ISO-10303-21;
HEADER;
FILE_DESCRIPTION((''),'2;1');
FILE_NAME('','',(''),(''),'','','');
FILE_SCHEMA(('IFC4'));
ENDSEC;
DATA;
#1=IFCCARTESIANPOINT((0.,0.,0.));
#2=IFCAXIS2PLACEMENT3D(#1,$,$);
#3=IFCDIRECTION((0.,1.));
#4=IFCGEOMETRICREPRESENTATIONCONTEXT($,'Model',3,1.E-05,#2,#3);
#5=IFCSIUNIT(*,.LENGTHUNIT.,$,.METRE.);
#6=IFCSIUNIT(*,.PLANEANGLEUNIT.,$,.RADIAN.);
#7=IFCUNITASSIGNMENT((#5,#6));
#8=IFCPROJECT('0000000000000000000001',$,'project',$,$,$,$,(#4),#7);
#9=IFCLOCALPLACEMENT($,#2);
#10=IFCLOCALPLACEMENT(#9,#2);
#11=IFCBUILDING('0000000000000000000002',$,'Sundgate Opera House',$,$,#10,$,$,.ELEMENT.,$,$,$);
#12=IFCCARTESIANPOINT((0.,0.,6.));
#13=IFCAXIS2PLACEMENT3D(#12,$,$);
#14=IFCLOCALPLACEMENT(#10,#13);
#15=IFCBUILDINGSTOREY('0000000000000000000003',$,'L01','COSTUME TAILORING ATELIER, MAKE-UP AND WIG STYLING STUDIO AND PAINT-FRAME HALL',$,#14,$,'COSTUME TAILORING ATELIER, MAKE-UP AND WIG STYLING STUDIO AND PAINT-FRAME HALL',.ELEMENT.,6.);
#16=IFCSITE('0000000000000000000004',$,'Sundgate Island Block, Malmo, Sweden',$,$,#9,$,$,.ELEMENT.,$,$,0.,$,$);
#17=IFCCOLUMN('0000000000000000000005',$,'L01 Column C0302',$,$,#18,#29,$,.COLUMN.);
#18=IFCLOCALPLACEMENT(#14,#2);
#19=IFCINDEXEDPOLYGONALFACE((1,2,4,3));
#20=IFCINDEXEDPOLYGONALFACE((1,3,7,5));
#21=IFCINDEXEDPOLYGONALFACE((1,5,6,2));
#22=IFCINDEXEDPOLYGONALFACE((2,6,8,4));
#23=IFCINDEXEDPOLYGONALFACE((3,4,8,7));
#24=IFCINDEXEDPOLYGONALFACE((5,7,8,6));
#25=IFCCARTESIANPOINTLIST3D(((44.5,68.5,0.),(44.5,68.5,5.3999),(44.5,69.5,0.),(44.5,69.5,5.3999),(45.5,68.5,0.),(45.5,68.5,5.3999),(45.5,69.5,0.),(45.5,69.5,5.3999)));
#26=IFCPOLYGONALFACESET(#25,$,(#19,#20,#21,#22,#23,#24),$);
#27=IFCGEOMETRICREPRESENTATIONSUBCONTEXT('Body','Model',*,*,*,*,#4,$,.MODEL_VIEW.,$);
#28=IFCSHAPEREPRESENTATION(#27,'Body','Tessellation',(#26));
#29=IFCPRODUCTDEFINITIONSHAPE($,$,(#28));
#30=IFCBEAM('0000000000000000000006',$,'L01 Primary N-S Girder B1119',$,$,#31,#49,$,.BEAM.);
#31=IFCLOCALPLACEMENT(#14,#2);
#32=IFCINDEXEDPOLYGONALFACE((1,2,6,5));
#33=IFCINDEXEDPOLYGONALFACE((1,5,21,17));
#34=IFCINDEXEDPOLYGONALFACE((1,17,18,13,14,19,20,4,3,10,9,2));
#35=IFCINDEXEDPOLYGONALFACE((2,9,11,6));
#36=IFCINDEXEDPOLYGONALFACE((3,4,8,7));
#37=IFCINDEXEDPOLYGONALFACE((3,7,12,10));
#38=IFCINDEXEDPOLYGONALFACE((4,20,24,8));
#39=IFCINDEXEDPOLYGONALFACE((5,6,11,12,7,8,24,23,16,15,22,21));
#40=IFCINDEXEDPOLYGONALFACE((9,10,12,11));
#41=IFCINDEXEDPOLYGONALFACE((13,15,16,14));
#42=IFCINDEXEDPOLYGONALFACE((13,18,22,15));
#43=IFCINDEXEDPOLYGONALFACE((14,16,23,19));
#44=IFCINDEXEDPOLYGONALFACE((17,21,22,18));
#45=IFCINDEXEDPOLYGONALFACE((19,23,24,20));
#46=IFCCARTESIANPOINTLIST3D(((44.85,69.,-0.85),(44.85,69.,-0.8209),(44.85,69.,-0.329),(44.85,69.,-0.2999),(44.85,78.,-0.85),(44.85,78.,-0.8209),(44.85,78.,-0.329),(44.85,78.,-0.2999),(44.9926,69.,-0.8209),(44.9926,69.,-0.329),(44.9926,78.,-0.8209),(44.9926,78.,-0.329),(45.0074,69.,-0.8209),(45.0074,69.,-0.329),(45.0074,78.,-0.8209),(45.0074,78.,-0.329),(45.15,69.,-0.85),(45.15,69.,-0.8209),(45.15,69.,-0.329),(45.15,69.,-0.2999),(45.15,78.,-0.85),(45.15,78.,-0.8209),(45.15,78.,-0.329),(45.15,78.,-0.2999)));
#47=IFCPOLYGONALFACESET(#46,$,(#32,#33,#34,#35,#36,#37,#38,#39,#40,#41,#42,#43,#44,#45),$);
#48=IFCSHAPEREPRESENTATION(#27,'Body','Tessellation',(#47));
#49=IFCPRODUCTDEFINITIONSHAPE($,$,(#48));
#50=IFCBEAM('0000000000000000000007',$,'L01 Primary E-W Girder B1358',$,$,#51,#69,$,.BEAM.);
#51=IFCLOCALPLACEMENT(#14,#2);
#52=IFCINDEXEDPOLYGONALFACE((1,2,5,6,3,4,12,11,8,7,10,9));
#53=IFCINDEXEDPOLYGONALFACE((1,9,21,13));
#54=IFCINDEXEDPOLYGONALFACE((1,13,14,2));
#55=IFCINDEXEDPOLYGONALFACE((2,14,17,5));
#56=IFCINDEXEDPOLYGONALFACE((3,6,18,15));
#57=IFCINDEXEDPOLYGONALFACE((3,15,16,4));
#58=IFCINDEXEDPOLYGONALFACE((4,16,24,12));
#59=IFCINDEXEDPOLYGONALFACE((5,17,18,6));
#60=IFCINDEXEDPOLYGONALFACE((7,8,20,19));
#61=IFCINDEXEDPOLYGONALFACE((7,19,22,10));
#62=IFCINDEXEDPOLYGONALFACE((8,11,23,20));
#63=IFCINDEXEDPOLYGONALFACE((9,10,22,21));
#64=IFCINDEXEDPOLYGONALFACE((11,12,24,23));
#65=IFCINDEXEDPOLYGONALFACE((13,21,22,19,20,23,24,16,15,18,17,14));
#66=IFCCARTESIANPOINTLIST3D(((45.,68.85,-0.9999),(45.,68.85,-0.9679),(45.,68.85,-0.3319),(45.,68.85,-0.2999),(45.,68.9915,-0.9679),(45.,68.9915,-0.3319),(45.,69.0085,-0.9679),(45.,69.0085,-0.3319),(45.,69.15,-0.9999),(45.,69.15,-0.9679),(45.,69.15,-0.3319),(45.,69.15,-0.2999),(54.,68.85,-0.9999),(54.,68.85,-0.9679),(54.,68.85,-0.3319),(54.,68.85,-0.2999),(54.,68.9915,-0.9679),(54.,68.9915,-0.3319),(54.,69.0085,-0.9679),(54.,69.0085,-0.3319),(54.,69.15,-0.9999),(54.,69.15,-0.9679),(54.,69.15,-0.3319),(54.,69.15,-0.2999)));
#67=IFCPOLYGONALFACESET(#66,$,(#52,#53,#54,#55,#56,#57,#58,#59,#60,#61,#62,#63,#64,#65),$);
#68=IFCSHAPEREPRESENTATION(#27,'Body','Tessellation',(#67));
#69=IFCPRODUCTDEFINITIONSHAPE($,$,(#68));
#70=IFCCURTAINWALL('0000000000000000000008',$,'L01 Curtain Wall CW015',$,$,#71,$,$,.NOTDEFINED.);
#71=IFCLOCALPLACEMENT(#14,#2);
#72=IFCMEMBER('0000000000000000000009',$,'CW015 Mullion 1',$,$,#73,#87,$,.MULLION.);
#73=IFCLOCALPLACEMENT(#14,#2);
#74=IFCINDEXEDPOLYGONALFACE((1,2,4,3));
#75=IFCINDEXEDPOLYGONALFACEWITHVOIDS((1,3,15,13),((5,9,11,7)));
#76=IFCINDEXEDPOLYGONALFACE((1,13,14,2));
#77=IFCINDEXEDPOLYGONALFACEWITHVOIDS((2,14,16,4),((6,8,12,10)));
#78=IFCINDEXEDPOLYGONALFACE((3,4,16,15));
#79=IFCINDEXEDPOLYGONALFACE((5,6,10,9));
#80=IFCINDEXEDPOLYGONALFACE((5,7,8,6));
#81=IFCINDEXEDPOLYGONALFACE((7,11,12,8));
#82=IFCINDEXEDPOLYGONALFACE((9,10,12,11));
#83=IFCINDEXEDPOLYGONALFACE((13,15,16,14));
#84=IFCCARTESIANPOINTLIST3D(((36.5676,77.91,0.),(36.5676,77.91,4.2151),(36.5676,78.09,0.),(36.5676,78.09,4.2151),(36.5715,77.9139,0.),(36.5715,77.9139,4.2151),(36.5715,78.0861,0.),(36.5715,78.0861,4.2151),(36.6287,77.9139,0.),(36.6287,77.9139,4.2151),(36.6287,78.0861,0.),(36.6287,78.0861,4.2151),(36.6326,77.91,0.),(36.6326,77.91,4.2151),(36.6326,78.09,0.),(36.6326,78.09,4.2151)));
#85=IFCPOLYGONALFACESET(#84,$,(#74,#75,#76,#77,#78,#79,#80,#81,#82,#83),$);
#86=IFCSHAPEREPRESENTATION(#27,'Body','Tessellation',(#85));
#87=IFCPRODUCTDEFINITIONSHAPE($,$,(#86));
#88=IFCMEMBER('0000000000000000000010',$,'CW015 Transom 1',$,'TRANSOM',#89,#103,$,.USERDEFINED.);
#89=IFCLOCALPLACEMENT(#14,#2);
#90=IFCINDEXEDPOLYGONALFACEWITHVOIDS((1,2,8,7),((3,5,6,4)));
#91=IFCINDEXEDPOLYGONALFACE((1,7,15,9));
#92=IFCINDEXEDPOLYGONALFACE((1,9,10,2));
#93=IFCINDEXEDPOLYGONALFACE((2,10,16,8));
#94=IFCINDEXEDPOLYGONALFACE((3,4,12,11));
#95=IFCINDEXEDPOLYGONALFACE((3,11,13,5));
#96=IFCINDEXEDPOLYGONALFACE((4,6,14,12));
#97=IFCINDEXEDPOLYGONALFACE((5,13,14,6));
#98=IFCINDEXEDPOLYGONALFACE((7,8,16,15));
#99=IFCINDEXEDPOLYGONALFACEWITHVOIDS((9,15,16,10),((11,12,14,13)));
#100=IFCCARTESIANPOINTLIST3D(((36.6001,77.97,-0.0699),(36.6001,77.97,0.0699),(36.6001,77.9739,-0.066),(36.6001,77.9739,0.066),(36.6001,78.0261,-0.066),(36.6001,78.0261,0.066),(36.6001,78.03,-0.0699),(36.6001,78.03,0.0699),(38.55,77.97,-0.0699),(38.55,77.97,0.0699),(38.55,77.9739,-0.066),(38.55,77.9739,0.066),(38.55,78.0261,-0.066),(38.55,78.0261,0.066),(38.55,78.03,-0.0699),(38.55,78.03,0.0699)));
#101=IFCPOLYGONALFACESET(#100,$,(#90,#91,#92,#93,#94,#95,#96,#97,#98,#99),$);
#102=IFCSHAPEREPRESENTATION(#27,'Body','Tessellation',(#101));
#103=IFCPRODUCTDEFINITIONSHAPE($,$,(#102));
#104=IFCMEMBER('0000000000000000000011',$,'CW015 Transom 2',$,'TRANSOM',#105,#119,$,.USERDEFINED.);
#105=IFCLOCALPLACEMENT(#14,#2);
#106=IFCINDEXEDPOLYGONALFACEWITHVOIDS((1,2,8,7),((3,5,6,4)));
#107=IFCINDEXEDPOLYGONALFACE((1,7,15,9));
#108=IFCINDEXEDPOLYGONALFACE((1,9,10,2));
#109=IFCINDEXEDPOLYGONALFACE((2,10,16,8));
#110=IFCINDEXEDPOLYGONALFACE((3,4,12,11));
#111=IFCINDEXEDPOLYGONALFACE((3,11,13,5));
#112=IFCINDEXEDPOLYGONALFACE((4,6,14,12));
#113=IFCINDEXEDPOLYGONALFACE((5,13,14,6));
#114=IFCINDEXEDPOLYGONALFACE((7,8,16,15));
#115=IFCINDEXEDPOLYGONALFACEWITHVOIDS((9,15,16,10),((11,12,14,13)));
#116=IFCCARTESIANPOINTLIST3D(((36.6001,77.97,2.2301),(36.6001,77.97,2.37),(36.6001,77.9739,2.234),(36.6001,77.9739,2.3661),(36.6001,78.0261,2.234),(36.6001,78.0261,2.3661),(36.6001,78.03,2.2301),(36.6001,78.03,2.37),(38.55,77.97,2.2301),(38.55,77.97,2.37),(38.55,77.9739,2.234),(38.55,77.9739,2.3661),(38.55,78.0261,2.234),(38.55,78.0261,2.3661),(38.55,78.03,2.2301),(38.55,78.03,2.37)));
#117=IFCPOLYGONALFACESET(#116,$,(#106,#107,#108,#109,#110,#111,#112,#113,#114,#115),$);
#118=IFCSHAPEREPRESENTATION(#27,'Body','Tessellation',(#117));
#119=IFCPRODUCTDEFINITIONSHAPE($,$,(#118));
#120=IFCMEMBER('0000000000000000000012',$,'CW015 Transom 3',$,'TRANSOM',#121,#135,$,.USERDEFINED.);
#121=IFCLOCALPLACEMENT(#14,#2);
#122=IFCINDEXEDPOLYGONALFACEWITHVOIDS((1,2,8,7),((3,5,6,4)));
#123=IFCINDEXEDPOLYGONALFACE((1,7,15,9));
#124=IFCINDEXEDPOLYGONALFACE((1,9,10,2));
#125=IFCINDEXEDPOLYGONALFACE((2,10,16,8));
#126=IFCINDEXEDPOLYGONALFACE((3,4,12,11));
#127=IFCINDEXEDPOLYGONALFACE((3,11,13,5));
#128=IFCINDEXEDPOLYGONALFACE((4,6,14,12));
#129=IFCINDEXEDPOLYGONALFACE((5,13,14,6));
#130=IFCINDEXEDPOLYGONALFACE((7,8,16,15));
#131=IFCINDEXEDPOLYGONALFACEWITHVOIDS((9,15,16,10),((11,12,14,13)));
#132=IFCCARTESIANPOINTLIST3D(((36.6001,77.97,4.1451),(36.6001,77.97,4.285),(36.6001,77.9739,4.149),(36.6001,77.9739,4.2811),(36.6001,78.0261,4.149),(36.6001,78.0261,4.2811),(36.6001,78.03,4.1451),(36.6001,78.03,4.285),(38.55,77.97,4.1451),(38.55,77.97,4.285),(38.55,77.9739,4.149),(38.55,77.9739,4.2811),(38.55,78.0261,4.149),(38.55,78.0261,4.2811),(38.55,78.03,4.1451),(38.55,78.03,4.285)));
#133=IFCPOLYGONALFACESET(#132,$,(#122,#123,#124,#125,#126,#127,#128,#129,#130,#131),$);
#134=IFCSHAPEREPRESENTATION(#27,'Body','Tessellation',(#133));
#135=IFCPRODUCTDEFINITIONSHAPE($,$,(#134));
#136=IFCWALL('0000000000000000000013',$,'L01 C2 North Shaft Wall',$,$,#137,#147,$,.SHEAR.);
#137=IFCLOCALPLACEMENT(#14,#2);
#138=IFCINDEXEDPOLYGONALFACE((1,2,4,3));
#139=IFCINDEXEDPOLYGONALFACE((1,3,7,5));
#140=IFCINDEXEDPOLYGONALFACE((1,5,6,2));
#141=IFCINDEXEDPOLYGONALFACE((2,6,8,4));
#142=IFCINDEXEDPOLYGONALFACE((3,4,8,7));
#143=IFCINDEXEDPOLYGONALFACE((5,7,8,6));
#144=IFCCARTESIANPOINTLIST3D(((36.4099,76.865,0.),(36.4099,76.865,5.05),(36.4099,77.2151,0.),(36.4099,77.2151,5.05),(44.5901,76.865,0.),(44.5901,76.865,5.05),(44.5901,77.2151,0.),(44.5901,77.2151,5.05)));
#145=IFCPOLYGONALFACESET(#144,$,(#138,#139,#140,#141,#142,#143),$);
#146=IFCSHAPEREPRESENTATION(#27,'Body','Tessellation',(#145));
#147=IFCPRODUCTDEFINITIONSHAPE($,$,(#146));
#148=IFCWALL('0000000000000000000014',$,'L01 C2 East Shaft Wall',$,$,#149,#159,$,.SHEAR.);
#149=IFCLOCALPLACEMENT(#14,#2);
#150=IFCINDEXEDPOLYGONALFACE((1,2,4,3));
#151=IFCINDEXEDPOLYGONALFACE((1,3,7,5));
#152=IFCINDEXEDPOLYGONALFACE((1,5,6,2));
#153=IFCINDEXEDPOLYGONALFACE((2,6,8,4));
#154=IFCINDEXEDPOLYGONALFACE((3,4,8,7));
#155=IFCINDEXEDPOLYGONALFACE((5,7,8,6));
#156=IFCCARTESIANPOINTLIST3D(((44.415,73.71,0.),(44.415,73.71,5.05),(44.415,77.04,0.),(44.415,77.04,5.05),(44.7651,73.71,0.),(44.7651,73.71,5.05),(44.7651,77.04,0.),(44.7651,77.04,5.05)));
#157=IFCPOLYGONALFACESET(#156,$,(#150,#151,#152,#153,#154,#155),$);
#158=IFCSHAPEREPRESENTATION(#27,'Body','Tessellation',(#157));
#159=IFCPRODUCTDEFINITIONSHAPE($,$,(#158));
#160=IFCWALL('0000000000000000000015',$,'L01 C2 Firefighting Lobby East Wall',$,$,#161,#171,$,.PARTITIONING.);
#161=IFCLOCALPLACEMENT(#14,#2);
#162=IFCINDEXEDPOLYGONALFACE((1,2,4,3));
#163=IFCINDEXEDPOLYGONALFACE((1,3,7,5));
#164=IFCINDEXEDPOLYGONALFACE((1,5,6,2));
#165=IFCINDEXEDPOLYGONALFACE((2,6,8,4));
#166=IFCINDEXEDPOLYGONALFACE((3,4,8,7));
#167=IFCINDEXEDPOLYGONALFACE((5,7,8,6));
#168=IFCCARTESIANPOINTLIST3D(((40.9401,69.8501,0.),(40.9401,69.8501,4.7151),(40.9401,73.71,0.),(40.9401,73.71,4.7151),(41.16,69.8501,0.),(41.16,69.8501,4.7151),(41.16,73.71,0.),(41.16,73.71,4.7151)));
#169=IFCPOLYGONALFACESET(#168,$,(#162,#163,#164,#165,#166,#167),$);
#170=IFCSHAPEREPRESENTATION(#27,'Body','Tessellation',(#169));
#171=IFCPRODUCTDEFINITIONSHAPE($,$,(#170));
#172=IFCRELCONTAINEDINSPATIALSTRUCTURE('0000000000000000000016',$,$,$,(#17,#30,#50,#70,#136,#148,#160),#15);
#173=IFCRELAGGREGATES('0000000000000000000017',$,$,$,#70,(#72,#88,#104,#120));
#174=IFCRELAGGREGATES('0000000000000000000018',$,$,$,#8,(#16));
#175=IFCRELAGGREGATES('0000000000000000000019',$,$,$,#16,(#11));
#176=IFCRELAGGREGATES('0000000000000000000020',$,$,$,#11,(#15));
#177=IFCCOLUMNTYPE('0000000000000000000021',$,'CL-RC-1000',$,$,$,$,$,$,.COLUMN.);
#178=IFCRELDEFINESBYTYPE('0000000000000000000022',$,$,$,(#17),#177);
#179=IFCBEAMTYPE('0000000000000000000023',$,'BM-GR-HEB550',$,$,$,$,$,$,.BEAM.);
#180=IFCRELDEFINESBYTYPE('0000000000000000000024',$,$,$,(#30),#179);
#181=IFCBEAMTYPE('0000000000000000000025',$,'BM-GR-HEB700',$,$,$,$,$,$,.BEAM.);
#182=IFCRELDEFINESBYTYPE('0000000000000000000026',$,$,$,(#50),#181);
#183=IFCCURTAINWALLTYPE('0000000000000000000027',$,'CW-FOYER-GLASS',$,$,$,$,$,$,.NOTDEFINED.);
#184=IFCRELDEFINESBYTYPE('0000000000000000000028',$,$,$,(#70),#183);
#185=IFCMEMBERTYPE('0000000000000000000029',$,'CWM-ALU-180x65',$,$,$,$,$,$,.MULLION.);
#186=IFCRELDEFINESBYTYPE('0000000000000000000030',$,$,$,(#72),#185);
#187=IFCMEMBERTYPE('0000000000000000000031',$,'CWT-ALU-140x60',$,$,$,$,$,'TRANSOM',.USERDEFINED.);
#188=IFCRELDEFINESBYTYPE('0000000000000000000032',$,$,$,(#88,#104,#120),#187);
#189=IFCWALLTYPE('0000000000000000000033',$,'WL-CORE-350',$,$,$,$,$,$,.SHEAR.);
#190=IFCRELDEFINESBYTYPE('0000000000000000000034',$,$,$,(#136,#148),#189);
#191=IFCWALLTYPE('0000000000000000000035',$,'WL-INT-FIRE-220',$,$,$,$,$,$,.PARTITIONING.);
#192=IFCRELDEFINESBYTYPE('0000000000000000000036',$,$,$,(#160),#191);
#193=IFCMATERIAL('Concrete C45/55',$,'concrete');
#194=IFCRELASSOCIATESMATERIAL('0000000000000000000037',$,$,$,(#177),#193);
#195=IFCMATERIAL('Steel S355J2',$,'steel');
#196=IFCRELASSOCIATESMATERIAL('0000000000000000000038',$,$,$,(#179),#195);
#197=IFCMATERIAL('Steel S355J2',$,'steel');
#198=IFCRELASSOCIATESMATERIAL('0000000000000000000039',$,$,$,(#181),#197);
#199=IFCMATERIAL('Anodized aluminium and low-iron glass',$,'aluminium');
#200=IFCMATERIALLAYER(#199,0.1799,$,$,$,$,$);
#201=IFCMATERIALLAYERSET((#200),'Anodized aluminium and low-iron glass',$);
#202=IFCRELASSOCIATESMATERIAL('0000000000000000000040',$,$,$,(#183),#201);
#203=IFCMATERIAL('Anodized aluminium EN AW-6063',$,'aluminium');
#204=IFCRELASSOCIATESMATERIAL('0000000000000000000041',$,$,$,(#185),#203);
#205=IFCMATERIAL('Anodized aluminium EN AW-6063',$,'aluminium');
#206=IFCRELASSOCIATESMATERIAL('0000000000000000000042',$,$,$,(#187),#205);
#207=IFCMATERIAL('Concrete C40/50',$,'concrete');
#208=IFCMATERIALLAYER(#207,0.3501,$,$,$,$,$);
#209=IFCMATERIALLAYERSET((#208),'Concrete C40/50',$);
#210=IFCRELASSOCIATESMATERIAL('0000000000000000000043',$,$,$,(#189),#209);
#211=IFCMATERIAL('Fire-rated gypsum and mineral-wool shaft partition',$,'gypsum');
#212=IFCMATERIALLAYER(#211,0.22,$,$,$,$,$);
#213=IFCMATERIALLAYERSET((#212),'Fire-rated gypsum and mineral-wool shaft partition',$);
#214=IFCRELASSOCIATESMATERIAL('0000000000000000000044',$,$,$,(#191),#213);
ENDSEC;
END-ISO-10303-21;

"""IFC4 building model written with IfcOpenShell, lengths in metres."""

from ifc_helpers import new_model, si_unit, direction, frame, frame_2d, origin, origin_2d, place, context, subcontext, project, spatial, rectangle, hollow_rectangle, i_section, extrude, material, layer, layer_set, material_profile, profile_set, type_object, element, aggregate, save


model = new_model("IFC4")

# Units and contexts
model_context = context("Model", 3, precision=1e-05, world=origin(), true_north=direction((0.0, 1.0)))
body_context = subcontext(model_context, "Body", "Model", "MODEL_VIEW")
ifc_project = project(units=[si_unit("LENGTHUNIT", "METRE"), si_unit("PLANEANGLEUNIT", "RADIAN")], contexts=[model_context])

# Site, building, storey
site_placement = place(None, origin())
site = spatial("IfcSite", under=ifc_project, at=site_placement, Name="Sundgate Island Block, Malmo, Sweden", CompositionType="ELEMENT", RefElevation=0.0)
building_placement = place(site_placement, origin())
building = spatial("IfcBuilding", under=site, at=building_placement, Name="Sundgate Opera House", CompositionType="ELEMENT")
storey_placement = place(building_placement, frame((0.0, 0.0, 6.0)))
storey = spatial("IfcBuildingStorey", under=building, at=storey_placement, Name="L01", Description="COSTUME TAILORING ATELIER, MAKE-UP AND WIG STYLING STUDIO AND PAINT-FRAME HALL", LongName="COSTUME TAILORING ATELIER, MAKE-UP AND WIG STYLING STUDIO AND PAINT-FRAME HALL", CompositionType="ELEMENT", Elevation=6.0)

# Column
ifc_material_1 = material(Name="Concrete C45/55", Category="concrete")
ifc_material_profile_1 = material_profile(ifc_material_1, rectangle(XDim=1.0, YDim=1.0, at=origin_2d()), Name="RC 1000x1000")
ifc_profile_set_1 = profile_set([ifc_material_profile_1], Name="Concrete C45/55")
column_type = type_object("IfcColumnType", Name="CL-RC-1000", PredefinedType="COLUMN", material=ifc_profile_set_1)
column_placement = place(storey_placement, frame((45.0, 69.0, 0.0), z_axis=(0.0, 0.0, 1.0), x_axis=(1.0, 0.0, 0.0)))
element("IfcColumn", 1, at=column_placement, inside=storey, type_object=column_type, Name="L01 Column C0302", PredefinedType="COLUMN", context=body_context, shape_type="SweptSolid", body=[
    extrude(rectangle(XDim=1.0, YDim=1.0, at=origin_2d()), origin(), (0.0, 0.0, 1.0), 5.3999),
])

# Beams
ifc_material_2 = material(Name="Steel S355J2", Category="steel")
ifc_material_profile_2 = material_profile(ifc_material_2, i_section(OverallWidth=0.3, OverallDepth=0.55, WebThickness=0.0149, FlangeThickness=0.0291, at=origin_2d()), Name="HEB 550")
ifc_profile_set_2 = profile_set([ifc_material_profile_2], Name="Steel S355J2")
beam_type_1 = type_object("IfcBeamType", Name="BM-GR-HEB550", PredefinedType="BEAM", material=ifc_profile_set_2)
beam_1_placement = place(storey_placement, frame((45.0, 69.0, -0.575), z_axis=(0.0, 1.0, 0.0), x_axis=(-1.0, 0.0, 0.0)))
element("IfcBeam", 2, at=beam_1_placement, inside=storey, type_object=beam_type_1, Name="L01 Primary N-S Girder B1119", PredefinedType="BEAM", context=body_context, shape_type="SweptSolid", body=[
    extrude(i_section(OverallWidth=0.3, OverallDepth=0.55, WebThickness=0.0149, FlangeThickness=0.0291, at=origin_2d()), origin(), (0.0, 0.0, 1.0), 9.0),
])
ifc_material_3 = material(Name="Steel S355J2", Category="steel")
ifc_material_profile_3 = material_profile(ifc_material_3, i_section(OverallWidth=0.3, OverallDepth=0.7, WebThickness=0.0171, FlangeThickness=0.032, at=origin_2d()), Name="HEB 700")
ifc_profile_set_3 = profile_set([ifc_material_profile_3], Name="Steel S355J2")
beam_type_2 = type_object("IfcBeamType", Name="BM-GR-HEB700", PredefinedType="BEAM", material=ifc_profile_set_3)
beam_2_placement = place(storey_placement, frame((45.0, 69.0, -0.6499), z_axis=(1.0, 0.0, 0.0), x_axis=(0.0, 1.0, 0.0)))
element("IfcBeam", 3, at=beam_2_placement, inside=storey, type_object=beam_type_2, Name="L01 Primary E-W Girder B1358", PredefinedType="BEAM", context=body_context, shape_type="SweptSolid", body=[
    extrude(i_section(OverallWidth=0.3, OverallDepth=0.7, WebThickness=0.0171, FlangeThickness=0.032, at=origin_2d()), origin(), (0.0, 0.0, 1.0), 9.0),
])

# Curtain wall, members
ifc_material_4 = material(Name="Anodized aluminium and low-iron glass", Category="aluminium")
ifc_layer_1 = layer(ifc_material_4, 0.1799)
ifc_layer_set_1 = layer_set([ifc_layer_1], Name="Anodized aluminium and low-iron glass")
curtain_wall_type = type_object("IfcCurtainWallType", Name="CW-FOYER-GLASS", PredefinedType="NOTDEFINED", material=ifc_layer_set_1)
curtain_wall_placement = place(storey_placement, origin())
curtain_wall = element("IfcCurtainWall", 4, at=curtain_wall_placement, inside=storey, type_object=curtain_wall_type, Name="L01 Curtain Wall CW015", PredefinedType="NOTDEFINED")
ifc_material_5 = material(Name="Anodized aluminium EN AW-6063", Category="aluminium")
ifc_material_profile_4 = material_profile(ifc_material_5, hollow_rectangle(XDim=0.0649, YDim=0.1799, WallThickness=0.0039, at=origin_2d()), Name="CWM 180x65x4")
ifc_profile_set_4 = profile_set([ifc_material_profile_4], Name="Anodized aluminium EN AW-6063")
member_type_1 = type_object("IfcMemberType", Name="CWM-ALU-180x65", PredefinedType="MULLION", material=ifc_profile_set_4)
member_1_placement = place(storey_placement, frame((36.6001, 78.0, 0.0), z_axis=(0.0, 0.0, 1.0), x_axis=(1.0, 0.0, 0.0)))
member_1 = element("IfcMember", 5, at=member_1_placement, type_object=member_type_1, Name="CW015 Mullion 1", PredefinedType="MULLION", context=body_context, shape_type="SweptSolid", body=[
    extrude(hollow_rectangle(XDim=0.0649, YDim=0.1799, WallThickness=0.0039, at=origin_2d()), origin(), (0.0, 0.0, 1.0), 4.2151),
])
ifc_material_6 = material(Name="Anodized aluminium EN AW-6063", Category="aluminium")
ifc_material_profile_5 = material_profile(ifc_material_6, hollow_rectangle(XDim=0.0601, YDim=0.1399, WallThickness=0.0039, at=origin_2d()), Name="CWT 140x60x4")
ifc_profile_set_5 = profile_set([ifc_material_profile_5], Name="Anodized aluminium EN AW-6063")
member_type_2 = type_object("IfcMemberType", Name="CWT-ALU-140x60", ElementType="TRANSOM", PredefinedType="USERDEFINED", material=ifc_profile_set_5)
member_2_placement = place(storey_placement, frame((36.6001, 78.0, 0.0), z_axis=(1.0, 0.0, 0.0), x_axis=(0.0, 1.0, 0.0)))
member_2 = element("IfcMember", 6, at=member_2_placement, type_object=member_type_2, Name="CW015 Transom 1", ObjectType="TRANSOM", PredefinedType="USERDEFINED", context=body_context, shape_type="SweptSolid", body=[
    extrude(hollow_rectangle(XDim=0.0601, YDim=0.1399, WallThickness=0.0039, at=origin_2d()), origin(), (0.0, 0.0, 1.0), 1.95),
])
member_3_placement = place(storey_placement, frame((36.6001, 78.0, 2.3), z_axis=(1.0, 0.0, 0.0), x_axis=(0.0, 1.0, 0.0)))
member_3 = element("IfcMember", 7, at=member_3_placement, type_object=member_type_2, Name="CW015 Transom 2", ObjectType="TRANSOM", PredefinedType="USERDEFINED", context=body_context, shape_type="SweptSolid", body=[
    extrude(hollow_rectangle(XDim=0.0601, YDim=0.1399, WallThickness=0.0039, at=origin_2d()), origin(), (0.0, 0.0, 1.0), 1.95),
])
member_4_placement = place(storey_placement, frame((36.6001, 78.0, 4.2151), z_axis=(1.0, 0.0, 0.0), x_axis=(0.0, 1.0, 0.0)))
member_4 = element("IfcMember", 8, at=member_4_placement, type_object=member_type_2, Name="CW015 Transom 3", ObjectType="TRANSOM", PredefinedType="USERDEFINED", context=body_context, shape_type="SweptSolid", body=[
    extrude(hollow_rectangle(XDim=0.0601, YDim=0.1399, WallThickness=0.0039, at=origin_2d()), origin(), (0.0, 0.0, 1.0), 1.95),
])
aggregate(curtain_wall, [member_1, member_2, member_3, member_4])

# Walls
ifc_material_7 = material(Name="Concrete C40/50", Category="concrete")
ifc_layer_2 = layer(ifc_material_7, 0.3501)
ifc_layer_set_2 = layer_set([ifc_layer_2], Name="Concrete C40/50")
wall_type_1 = type_object("IfcWallType", Name="WL-CORE-350", PredefinedType="SHEAR", material=ifc_layer_set_2)
wall_1_placement = place(storey_placement, frame((36.4099, 77.04, 0.0), z_axis=(0.0, 0.0, 1.0), x_axis=(1.0, 0.0, 0.0)))
element("IfcWall", 9, at=wall_1_placement, inside=storey, type_object=wall_type_1, Name="L01 C2 North Shaft Wall", PredefinedType="SHEAR", context=body_context, shape_type="SweptSolid", body=[
    extrude(rectangle(XDim=8.1802, YDim=0.3501, at=frame_2d((4.0901, 0.0))), origin(), (0.0, 0.0, 1.0), 5.05),
])
wall_2_placement = place(storey_placement, frame((44.5901, 73.71, 0.0), z_axis=(0.0, 0.0, 1.0), x_axis=(0.0, 1.0, 0.0)))
element("IfcWall", 10, at=wall_2_placement, inside=storey, type_object=wall_type_1, Name="L01 C2 East Shaft Wall", PredefinedType="SHEAR", context=body_context, shape_type="SweptSolid", body=[
    extrude(rectangle(XDim=3.3301, YDim=0.3501, at=frame_2d((1.665, 0.0))), origin(), (0.0, 0.0, 1.0), 5.05),
])
ifc_material_8 = material(Name="Fire-rated gypsum and mineral-wool shaft partition", Category="gypsum")
ifc_layer_3 = layer(ifc_material_8, 0.22)
ifc_layer_set_3 = layer_set([ifc_layer_3], Name="Fire-rated gypsum and mineral-wool shaft partition")
wall_type_2 = type_object("IfcWallType", Name="WL-INT-FIRE-220", PredefinedType="PARTITIONING", material=ifc_layer_set_3)
wall_3_placement = place(storey_placement, frame((41.05, 69.8501, 0.0), z_axis=(0.0, 0.0, 1.0), x_axis=(0.0, 1.0, 0.0)))
element("IfcWall", 11, at=wall_3_placement, inside=storey, type_object=wall_type_2, Name="L01 C2 Firefighting Lobby East Wall", PredefinedType="PARTITIONING", context=body_context, shape_type="SweptSolid", body=[
    extrude(rectangle(XDim=3.8599, YDim=0.22, at=frame_2d((1.9299, 0.0))), origin(), (0.0, 0.0, 1.0), 4.7151),
])

save(model, "model.ifc")
